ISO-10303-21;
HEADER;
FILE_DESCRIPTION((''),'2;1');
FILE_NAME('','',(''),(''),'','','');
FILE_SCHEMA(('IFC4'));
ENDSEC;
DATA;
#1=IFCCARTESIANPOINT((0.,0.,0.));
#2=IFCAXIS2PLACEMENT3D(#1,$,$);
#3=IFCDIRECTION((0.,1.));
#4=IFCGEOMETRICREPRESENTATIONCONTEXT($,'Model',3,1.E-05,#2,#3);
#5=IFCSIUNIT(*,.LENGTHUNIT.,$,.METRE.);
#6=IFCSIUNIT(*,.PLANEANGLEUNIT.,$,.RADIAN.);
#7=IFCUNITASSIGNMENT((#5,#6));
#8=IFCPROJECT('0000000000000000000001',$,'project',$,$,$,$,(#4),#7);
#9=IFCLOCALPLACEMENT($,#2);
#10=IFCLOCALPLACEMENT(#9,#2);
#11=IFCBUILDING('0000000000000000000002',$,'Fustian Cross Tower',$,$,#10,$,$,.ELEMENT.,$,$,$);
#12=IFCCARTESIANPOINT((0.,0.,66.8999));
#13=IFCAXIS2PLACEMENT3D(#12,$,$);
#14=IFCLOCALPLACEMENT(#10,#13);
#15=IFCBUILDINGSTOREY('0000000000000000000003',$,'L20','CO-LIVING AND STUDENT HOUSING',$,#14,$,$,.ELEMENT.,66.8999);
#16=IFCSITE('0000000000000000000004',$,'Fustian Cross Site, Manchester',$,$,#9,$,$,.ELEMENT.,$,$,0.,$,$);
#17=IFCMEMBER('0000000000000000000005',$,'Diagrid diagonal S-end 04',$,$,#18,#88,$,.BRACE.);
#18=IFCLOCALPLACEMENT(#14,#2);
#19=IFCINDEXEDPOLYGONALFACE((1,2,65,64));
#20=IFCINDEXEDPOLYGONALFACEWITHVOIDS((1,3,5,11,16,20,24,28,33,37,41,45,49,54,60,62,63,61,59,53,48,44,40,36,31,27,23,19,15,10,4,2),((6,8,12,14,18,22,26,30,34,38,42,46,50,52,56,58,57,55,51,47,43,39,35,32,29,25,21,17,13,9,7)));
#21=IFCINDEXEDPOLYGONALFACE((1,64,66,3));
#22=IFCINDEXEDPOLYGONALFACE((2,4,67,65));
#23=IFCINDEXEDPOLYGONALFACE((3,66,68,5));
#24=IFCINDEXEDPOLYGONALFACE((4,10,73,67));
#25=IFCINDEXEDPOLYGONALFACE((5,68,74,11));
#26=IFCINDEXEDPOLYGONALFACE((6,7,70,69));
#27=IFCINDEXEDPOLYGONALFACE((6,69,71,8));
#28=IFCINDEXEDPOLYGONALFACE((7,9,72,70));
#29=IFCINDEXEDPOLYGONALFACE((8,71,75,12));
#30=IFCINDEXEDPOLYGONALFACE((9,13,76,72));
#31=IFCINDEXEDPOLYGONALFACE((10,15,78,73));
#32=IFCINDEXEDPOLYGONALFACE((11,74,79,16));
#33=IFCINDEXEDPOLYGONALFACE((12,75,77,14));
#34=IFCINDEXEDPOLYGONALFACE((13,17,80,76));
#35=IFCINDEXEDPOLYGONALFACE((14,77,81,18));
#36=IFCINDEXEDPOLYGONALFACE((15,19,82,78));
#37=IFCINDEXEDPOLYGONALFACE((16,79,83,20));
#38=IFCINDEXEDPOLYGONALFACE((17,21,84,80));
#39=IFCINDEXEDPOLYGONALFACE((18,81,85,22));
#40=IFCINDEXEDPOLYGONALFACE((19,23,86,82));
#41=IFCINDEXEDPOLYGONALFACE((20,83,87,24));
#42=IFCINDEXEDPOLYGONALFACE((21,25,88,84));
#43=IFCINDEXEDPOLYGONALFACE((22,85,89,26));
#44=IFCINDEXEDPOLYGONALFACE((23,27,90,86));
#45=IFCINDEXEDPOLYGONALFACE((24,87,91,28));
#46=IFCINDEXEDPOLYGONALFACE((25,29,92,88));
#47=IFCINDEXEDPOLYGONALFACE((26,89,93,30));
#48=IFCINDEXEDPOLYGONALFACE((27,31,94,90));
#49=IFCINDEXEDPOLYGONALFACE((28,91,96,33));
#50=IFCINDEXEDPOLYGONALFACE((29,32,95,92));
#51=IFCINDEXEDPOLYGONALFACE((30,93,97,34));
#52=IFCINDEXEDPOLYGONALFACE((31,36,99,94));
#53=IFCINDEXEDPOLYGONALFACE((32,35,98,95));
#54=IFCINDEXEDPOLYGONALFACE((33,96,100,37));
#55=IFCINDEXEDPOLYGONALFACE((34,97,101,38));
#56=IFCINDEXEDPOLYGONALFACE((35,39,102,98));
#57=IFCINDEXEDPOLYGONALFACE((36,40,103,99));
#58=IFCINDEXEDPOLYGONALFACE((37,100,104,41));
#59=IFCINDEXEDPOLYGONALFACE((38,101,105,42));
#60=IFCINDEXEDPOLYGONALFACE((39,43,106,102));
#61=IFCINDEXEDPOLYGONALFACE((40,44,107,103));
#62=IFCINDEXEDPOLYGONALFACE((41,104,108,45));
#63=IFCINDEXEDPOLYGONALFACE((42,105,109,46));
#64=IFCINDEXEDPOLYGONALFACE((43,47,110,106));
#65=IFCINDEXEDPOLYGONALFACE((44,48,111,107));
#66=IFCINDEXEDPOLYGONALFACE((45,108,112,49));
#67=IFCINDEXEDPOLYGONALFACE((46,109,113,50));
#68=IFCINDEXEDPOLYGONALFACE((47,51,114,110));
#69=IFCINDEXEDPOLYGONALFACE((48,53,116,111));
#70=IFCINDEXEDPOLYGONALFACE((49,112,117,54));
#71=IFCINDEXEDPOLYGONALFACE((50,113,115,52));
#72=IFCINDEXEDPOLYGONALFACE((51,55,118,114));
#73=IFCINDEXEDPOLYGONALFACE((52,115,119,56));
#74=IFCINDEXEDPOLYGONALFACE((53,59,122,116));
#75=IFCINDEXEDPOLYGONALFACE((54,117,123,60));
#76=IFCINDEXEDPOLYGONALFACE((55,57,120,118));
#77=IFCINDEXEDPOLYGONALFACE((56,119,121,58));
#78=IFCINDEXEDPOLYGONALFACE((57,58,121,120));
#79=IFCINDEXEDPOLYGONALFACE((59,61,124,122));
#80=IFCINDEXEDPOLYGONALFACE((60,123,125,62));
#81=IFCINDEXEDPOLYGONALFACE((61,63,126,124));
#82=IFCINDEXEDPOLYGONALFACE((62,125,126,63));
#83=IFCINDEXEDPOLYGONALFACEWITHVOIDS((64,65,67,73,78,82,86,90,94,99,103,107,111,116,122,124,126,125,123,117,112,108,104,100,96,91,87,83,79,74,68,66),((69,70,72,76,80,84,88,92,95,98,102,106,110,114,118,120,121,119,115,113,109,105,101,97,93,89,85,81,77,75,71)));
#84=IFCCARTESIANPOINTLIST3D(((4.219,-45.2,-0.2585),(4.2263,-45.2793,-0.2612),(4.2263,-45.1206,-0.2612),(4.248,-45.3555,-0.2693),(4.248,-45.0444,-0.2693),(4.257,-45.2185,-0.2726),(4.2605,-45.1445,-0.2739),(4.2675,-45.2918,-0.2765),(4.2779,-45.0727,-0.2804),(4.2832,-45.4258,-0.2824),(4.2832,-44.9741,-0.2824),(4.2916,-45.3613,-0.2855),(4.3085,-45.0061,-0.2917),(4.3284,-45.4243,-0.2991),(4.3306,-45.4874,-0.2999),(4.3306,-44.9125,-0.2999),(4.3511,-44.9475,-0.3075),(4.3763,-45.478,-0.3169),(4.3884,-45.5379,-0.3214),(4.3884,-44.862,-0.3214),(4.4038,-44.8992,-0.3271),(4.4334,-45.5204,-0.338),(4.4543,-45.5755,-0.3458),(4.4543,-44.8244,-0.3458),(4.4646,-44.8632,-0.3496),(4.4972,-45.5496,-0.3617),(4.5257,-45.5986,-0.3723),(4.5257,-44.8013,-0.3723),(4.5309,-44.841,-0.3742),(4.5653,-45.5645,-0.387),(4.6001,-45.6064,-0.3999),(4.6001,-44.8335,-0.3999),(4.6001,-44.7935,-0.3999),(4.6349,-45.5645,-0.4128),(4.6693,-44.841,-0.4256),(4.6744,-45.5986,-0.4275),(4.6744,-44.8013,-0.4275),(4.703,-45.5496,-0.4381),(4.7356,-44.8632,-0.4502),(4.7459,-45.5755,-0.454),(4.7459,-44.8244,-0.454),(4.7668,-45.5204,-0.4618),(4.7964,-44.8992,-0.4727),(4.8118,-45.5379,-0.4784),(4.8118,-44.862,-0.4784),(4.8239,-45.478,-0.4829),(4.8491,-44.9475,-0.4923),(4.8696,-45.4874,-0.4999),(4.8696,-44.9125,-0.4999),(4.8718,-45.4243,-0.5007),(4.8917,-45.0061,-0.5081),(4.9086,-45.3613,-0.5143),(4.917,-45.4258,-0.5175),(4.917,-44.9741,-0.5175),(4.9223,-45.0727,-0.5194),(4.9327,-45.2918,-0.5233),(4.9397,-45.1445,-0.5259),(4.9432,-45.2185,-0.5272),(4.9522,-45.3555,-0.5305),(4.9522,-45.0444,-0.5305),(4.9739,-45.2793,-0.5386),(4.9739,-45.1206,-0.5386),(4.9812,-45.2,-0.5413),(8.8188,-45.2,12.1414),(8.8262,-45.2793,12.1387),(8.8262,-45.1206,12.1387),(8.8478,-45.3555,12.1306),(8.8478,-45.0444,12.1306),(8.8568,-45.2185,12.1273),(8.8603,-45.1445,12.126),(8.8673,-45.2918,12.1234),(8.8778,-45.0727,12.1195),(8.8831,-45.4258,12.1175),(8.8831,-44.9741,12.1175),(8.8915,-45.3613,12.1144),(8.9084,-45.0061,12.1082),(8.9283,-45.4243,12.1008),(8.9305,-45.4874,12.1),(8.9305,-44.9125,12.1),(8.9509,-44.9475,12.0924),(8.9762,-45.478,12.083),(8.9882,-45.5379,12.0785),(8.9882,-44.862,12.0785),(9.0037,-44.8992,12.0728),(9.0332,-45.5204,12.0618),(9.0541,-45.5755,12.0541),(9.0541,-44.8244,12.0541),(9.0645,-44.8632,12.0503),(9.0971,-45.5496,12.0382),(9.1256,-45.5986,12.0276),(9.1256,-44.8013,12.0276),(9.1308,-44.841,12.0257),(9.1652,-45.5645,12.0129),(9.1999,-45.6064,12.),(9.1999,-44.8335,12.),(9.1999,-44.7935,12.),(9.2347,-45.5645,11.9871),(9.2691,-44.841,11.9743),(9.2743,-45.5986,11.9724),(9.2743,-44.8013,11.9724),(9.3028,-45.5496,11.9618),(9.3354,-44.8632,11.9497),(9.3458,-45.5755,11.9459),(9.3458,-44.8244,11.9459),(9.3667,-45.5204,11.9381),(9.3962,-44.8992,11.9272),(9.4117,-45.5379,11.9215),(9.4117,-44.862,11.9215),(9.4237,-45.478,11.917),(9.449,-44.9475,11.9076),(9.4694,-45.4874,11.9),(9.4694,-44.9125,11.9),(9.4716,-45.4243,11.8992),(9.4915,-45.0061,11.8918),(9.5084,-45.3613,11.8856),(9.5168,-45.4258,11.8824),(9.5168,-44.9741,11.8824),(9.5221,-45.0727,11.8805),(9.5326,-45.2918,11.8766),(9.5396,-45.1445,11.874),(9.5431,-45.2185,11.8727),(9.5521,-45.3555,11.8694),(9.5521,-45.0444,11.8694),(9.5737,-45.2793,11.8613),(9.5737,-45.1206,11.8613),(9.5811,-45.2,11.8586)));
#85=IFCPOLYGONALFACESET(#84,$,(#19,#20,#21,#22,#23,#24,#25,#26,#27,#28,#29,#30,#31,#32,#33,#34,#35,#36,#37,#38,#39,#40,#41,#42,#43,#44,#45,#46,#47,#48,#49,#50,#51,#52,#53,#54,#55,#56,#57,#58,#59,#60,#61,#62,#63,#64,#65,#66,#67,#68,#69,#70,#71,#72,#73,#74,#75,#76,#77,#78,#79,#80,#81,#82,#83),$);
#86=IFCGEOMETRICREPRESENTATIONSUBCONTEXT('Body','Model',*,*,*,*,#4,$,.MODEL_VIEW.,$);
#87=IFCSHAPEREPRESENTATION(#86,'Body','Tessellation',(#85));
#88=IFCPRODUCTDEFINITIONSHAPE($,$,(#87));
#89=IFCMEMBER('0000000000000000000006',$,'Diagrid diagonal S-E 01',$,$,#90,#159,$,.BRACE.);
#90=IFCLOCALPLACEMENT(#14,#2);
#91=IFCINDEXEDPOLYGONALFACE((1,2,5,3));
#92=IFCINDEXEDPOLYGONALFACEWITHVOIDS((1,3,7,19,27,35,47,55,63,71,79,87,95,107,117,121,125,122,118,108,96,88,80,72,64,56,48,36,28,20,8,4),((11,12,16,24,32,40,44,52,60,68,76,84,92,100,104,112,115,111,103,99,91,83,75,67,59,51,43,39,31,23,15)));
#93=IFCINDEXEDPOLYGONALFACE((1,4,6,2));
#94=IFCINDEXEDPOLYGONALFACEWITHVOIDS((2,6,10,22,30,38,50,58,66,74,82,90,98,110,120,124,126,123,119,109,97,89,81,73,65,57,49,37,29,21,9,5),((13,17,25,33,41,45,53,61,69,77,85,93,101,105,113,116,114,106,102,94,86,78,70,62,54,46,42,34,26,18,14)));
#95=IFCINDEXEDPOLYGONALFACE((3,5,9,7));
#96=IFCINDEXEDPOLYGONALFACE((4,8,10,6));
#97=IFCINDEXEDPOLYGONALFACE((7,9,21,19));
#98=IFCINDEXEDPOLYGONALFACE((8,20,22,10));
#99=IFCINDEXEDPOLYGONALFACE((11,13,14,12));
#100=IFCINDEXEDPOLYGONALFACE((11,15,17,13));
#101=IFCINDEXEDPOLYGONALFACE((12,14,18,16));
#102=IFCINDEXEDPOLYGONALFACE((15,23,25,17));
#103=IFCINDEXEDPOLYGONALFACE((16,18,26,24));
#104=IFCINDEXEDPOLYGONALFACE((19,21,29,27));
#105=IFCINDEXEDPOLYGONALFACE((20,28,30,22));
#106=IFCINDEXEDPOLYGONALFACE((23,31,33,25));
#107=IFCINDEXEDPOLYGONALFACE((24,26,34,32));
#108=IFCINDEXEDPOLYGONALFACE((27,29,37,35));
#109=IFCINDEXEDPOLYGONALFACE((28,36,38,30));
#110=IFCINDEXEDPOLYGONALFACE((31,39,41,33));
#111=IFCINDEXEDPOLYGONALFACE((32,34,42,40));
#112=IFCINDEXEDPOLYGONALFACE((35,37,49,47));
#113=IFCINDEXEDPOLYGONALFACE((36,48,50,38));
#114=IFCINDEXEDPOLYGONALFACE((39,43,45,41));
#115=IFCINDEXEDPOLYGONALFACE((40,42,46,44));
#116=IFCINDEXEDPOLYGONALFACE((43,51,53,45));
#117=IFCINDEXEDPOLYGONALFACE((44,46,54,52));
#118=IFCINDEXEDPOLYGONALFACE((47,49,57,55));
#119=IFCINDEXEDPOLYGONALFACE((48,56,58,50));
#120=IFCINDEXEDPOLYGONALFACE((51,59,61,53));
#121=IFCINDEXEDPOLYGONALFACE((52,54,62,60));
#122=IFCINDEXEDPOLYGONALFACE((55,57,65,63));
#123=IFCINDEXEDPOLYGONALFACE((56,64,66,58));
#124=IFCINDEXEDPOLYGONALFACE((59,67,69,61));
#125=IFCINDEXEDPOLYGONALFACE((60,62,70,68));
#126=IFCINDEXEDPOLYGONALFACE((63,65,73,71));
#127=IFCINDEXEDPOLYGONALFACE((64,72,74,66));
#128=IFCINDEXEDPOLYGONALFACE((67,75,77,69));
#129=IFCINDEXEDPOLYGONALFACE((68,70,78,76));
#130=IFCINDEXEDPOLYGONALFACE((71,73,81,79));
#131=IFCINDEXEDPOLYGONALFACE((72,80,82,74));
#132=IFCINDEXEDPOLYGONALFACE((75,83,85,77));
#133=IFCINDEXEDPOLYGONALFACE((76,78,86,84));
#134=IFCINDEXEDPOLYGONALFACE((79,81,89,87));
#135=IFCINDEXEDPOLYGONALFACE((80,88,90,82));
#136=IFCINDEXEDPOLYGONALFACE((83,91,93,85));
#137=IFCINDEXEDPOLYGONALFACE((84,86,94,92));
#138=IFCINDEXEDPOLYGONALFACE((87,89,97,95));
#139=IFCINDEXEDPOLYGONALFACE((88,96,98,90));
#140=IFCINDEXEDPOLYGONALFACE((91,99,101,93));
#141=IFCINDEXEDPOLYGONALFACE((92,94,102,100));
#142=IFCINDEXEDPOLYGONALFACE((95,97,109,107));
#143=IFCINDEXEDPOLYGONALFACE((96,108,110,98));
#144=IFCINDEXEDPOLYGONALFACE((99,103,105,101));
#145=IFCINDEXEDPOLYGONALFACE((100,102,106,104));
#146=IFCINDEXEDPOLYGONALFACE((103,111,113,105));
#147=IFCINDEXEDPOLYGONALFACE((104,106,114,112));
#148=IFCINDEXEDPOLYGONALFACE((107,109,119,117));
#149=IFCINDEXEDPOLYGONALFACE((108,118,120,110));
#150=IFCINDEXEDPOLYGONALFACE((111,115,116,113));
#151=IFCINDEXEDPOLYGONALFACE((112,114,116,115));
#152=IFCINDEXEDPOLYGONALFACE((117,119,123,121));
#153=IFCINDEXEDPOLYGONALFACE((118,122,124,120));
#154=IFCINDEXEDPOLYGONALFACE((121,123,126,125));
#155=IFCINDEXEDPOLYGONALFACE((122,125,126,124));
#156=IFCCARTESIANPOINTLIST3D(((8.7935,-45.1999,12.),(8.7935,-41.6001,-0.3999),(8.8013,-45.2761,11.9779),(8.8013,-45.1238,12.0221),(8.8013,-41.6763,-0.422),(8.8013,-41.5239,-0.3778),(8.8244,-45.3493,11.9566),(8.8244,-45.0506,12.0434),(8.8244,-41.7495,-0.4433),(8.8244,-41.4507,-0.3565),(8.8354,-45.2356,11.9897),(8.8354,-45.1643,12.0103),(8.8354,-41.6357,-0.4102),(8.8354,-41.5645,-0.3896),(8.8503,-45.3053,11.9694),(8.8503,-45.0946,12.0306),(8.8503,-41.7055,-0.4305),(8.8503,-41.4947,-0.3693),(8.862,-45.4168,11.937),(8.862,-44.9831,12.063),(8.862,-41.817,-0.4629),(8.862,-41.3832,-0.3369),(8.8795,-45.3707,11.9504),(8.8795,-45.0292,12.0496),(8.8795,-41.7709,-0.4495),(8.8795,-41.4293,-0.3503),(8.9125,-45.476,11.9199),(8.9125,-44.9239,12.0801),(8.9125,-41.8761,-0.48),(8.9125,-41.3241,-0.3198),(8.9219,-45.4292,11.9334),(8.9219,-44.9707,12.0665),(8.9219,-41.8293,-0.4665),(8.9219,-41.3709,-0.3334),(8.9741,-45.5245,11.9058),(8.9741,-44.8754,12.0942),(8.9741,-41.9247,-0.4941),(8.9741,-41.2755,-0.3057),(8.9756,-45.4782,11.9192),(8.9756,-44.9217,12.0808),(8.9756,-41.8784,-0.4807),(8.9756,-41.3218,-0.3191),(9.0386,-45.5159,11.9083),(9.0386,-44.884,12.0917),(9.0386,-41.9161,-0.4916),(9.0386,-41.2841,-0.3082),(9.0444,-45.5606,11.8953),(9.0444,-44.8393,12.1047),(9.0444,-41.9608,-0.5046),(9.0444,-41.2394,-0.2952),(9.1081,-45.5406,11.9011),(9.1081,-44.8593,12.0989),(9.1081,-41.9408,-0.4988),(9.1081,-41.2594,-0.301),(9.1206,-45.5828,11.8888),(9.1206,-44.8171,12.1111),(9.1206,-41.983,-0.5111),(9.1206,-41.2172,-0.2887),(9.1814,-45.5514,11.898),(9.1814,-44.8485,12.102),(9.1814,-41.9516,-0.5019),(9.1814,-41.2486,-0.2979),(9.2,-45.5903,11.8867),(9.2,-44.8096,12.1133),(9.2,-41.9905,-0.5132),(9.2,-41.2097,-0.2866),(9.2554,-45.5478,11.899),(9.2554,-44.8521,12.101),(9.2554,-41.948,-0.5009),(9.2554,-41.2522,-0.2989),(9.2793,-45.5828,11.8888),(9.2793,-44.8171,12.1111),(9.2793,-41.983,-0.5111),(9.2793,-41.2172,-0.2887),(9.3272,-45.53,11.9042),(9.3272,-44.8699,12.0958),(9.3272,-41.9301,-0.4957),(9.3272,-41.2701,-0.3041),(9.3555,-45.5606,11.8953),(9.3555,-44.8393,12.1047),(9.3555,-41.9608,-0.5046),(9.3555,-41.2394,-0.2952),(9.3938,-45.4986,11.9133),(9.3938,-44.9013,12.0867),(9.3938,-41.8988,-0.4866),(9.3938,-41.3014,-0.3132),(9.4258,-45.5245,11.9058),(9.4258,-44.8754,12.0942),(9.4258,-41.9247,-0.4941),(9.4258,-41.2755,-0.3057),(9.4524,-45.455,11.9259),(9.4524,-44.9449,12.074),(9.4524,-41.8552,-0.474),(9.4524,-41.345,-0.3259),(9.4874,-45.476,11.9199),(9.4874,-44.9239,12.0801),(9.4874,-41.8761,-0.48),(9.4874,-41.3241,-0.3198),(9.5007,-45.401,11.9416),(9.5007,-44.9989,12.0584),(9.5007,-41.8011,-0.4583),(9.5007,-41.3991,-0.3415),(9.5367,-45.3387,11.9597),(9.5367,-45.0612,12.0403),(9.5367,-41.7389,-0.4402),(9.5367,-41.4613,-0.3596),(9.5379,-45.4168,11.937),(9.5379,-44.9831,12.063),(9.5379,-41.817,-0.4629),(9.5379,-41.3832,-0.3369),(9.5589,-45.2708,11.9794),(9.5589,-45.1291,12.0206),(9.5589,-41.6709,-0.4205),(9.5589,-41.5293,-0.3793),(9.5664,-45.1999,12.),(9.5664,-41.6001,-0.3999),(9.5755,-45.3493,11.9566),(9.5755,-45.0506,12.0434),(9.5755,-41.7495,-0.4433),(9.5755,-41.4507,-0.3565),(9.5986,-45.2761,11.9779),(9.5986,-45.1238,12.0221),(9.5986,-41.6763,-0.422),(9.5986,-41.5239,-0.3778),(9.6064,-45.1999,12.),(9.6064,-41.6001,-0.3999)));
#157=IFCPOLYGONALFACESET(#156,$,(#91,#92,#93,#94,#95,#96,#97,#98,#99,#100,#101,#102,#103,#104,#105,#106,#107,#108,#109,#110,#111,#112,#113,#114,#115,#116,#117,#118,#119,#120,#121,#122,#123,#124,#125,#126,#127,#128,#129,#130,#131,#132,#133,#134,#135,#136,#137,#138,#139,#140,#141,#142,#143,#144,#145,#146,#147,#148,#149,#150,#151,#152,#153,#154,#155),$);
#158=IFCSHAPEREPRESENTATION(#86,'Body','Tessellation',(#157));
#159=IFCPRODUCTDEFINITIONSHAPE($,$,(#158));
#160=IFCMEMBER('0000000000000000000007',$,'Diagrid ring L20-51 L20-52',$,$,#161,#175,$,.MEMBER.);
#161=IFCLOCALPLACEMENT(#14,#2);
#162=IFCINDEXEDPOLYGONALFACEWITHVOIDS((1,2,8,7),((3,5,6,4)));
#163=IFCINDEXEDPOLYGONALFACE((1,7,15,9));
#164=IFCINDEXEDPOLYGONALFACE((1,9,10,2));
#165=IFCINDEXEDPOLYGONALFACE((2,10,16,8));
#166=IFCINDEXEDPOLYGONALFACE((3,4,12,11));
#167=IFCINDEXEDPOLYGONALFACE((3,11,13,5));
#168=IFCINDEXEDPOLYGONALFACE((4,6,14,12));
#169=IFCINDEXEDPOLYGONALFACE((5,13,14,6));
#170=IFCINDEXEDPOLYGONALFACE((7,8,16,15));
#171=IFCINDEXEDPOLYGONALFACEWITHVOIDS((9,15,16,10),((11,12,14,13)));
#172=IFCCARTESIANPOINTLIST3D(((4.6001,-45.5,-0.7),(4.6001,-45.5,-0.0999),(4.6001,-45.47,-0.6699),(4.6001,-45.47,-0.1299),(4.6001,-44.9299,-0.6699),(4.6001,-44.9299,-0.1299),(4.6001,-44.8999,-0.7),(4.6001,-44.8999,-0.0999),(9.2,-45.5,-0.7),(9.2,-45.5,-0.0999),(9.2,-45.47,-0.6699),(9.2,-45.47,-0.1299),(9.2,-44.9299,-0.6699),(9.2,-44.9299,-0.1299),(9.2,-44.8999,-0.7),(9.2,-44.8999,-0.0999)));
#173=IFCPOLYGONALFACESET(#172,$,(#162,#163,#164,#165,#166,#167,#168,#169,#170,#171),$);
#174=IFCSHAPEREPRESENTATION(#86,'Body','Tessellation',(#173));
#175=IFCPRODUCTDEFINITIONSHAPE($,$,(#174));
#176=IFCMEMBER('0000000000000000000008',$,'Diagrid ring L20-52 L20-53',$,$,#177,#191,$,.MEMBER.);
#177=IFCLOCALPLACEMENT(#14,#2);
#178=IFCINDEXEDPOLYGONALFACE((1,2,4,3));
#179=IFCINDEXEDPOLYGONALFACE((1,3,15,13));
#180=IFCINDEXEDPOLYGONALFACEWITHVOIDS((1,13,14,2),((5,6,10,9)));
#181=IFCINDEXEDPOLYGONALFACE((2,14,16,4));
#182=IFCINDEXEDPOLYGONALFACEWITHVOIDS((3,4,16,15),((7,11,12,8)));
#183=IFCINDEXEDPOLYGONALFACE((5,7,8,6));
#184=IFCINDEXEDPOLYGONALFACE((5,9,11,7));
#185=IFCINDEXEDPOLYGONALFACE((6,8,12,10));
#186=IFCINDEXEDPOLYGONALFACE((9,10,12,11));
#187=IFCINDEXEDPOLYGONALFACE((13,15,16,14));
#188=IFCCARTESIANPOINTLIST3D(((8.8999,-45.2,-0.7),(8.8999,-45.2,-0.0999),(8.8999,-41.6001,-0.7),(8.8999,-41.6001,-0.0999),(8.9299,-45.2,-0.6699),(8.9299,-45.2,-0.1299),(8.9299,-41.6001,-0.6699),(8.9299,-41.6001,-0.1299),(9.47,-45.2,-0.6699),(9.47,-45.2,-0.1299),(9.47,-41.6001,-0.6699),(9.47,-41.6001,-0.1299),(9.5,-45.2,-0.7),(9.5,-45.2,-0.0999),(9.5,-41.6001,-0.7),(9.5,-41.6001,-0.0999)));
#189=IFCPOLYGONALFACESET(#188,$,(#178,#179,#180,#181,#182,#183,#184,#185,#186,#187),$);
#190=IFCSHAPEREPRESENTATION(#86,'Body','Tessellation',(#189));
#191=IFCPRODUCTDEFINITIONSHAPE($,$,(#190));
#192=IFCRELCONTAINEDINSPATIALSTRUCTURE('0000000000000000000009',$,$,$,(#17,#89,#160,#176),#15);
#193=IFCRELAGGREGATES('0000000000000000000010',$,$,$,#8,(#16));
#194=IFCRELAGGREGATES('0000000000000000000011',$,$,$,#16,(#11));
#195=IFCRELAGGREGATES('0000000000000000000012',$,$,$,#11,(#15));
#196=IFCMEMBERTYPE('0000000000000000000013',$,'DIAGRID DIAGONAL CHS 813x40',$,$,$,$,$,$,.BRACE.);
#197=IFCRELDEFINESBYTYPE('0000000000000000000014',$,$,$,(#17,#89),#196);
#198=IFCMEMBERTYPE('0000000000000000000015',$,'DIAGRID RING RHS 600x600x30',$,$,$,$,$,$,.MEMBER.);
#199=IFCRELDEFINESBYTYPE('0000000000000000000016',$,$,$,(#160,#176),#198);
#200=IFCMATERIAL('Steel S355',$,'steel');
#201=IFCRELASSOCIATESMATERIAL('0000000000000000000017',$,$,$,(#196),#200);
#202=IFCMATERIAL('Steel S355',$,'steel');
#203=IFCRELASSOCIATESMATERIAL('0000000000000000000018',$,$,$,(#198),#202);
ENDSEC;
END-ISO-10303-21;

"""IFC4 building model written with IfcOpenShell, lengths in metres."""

from ifc_helpers import new_model, si_unit, direction, frame, origin, origin_2d, place, context, subcontext, project, spatial, hollow_rectangle, hollow_circle, extrude, material, material_profile, profile_set, type_object, element, save


model = new_model("IFC4")

# Units and contexts
model_context = context("Model", 3, precision=1e-05, world=origin(), true_north=direction((0.0, 1.0)))
body_context = subcontext(model_context, "Body", "Model", "MODEL_VIEW")
ifc_project = project(units=[si_unit("LENGTHUNIT", "METRE"), si_unit("PLANEANGLEUNIT", "RADIAN")], contexts=[model_context])

# Site, building, storey
site_placement = place(None, origin())
site = spatial("IfcSite", under=ifc_project, at=site_placement, Name="Fustian Cross Site, Manchester", CompositionType="ELEMENT", RefElevation=0.0)
building_placement = place(site_placement, origin())
building = spatial("IfcBuilding", under=site, at=building_placement, Name="Fustian Cross Tower", CompositionType="ELEMENT")
storey_placement = place(building_placement, frame((0.0, 0.0, 66.8999)))
storey = spatial("IfcBuildingStorey", under=building, at=storey_placement, Name="L20", Description="CO-LIVING AND STUDENT HOUSING", CompositionType="ELEMENT", Elevation=66.8999)

# Members
ifc_material_1 = material(Name="Steel S355", Category="steel")
ifc_material_profile_1 = material_profile(ifc_material_1, hollow_circle(Radius=0.4065, WallThickness=0.04, at=origin_2d()), Name="CHS 813x40")
ifc_profile_set_1 = profile_set([ifc_material_profile_1], Name="Steel S355")
member_type_1 = type_object("IfcMemberType", Name="DIAGRID DIAGONAL CHS 813x40", PredefinedType="BRACE", material=ifc_profile_set_1)
member_1_placement = place(storey_placement, frame((4.6001, -45.2, -0.3999), z_axis=(0.347799, 0.0, 0.937569), x_axis=(0.0, 1.0, 0.0)))
element("IfcMember", 1, at=member_1_placement, inside=storey, type_object=member_type_1, Name="Diagrid diagonal S-end 04", PredefinedType="BRACE", context=body_context, shape_type="SweptSolid", body=[
    extrude(hollow_circle(Radius=0.4065, WallThickness=0.04, at=origin_2d()), origin(), (0.0, 0.0, 1.0), 13.2256),
])
member_2_placement = place(storey_placement, frame((9.2, -41.6001, -0.3999), z_axis=(0.0, -0.278802, 0.960349), x_axis=(1.0, 0.0, 0.0)))
element("IfcMember", 2, at=member_2_placement, inside=storey, type_object=member_type_1, Name="Diagrid diagonal S-E 01", PredefinedType="BRACE", context=body_context, shape_type="SweptSolid", body=[
    extrude(hollow_circle(Radius=0.4065, WallThickness=0.04, at=origin_2d()), origin(), (0.0, 0.0, 1.0), 12.9119),
])
ifc_material_2 = material(Name="Steel S355", Category="steel")
ifc_material_profile_2 = material_profile(ifc_material_2, hollow_rectangle(XDim=0.6001, YDim=0.6001, WallThickness=0.03, at=origin_2d()), Name="RHS 600x600x30")
ifc_profile_set_2 = profile_set([ifc_material_profile_2], Name="Steel S355")
member_type_2 = type_object("IfcMemberType", Name="DIAGRID RING RHS 600x600x30", PredefinedType="MEMBER", material=ifc_profile_set_2)
member_3_placement = place(storey_placement, frame((4.6001, -45.2, -0.3999), z_axis=(1.0, 0.0, 0.0), x_axis=(0.0, 1.0, 0.0)))
element("IfcMember", 3, at=member_3_placement, inside=storey, type_object=member_type_2, Name="Diagrid ring L20-51 L20-52", PredefinedType="MEMBER", context=body_context, shape_type="SweptSolid", body=[
    extrude(hollow_rectangle(XDim=0.6001, YDim=0.6001, WallThickness=0.03, at=origin_2d()), origin(), (0.0, 0.0, 1.0), 4.5999),
])
member_4_placement = place(storey_placement, frame((9.2, -45.2, -0.3999), z_axis=(0.0, 1.0, 0.0), x_axis=(-1.0, 0.0, 0.0)))
element("IfcMember", 4, at=member_4_placement, inside=storey, type_object=member_type_2, Name="Diagrid ring L20-52 L20-53", PredefinedType="MEMBER", context=body_context, shape_type="SweptSolid", body=[
    extrude(hollow_rectangle(XDim=0.6001, YDim=0.6001, WallThickness=0.03, at=origin_2d()), origin(), (0.0, 0.0, 1.0), 3.5999),
])

save(model, "model.ifc")
